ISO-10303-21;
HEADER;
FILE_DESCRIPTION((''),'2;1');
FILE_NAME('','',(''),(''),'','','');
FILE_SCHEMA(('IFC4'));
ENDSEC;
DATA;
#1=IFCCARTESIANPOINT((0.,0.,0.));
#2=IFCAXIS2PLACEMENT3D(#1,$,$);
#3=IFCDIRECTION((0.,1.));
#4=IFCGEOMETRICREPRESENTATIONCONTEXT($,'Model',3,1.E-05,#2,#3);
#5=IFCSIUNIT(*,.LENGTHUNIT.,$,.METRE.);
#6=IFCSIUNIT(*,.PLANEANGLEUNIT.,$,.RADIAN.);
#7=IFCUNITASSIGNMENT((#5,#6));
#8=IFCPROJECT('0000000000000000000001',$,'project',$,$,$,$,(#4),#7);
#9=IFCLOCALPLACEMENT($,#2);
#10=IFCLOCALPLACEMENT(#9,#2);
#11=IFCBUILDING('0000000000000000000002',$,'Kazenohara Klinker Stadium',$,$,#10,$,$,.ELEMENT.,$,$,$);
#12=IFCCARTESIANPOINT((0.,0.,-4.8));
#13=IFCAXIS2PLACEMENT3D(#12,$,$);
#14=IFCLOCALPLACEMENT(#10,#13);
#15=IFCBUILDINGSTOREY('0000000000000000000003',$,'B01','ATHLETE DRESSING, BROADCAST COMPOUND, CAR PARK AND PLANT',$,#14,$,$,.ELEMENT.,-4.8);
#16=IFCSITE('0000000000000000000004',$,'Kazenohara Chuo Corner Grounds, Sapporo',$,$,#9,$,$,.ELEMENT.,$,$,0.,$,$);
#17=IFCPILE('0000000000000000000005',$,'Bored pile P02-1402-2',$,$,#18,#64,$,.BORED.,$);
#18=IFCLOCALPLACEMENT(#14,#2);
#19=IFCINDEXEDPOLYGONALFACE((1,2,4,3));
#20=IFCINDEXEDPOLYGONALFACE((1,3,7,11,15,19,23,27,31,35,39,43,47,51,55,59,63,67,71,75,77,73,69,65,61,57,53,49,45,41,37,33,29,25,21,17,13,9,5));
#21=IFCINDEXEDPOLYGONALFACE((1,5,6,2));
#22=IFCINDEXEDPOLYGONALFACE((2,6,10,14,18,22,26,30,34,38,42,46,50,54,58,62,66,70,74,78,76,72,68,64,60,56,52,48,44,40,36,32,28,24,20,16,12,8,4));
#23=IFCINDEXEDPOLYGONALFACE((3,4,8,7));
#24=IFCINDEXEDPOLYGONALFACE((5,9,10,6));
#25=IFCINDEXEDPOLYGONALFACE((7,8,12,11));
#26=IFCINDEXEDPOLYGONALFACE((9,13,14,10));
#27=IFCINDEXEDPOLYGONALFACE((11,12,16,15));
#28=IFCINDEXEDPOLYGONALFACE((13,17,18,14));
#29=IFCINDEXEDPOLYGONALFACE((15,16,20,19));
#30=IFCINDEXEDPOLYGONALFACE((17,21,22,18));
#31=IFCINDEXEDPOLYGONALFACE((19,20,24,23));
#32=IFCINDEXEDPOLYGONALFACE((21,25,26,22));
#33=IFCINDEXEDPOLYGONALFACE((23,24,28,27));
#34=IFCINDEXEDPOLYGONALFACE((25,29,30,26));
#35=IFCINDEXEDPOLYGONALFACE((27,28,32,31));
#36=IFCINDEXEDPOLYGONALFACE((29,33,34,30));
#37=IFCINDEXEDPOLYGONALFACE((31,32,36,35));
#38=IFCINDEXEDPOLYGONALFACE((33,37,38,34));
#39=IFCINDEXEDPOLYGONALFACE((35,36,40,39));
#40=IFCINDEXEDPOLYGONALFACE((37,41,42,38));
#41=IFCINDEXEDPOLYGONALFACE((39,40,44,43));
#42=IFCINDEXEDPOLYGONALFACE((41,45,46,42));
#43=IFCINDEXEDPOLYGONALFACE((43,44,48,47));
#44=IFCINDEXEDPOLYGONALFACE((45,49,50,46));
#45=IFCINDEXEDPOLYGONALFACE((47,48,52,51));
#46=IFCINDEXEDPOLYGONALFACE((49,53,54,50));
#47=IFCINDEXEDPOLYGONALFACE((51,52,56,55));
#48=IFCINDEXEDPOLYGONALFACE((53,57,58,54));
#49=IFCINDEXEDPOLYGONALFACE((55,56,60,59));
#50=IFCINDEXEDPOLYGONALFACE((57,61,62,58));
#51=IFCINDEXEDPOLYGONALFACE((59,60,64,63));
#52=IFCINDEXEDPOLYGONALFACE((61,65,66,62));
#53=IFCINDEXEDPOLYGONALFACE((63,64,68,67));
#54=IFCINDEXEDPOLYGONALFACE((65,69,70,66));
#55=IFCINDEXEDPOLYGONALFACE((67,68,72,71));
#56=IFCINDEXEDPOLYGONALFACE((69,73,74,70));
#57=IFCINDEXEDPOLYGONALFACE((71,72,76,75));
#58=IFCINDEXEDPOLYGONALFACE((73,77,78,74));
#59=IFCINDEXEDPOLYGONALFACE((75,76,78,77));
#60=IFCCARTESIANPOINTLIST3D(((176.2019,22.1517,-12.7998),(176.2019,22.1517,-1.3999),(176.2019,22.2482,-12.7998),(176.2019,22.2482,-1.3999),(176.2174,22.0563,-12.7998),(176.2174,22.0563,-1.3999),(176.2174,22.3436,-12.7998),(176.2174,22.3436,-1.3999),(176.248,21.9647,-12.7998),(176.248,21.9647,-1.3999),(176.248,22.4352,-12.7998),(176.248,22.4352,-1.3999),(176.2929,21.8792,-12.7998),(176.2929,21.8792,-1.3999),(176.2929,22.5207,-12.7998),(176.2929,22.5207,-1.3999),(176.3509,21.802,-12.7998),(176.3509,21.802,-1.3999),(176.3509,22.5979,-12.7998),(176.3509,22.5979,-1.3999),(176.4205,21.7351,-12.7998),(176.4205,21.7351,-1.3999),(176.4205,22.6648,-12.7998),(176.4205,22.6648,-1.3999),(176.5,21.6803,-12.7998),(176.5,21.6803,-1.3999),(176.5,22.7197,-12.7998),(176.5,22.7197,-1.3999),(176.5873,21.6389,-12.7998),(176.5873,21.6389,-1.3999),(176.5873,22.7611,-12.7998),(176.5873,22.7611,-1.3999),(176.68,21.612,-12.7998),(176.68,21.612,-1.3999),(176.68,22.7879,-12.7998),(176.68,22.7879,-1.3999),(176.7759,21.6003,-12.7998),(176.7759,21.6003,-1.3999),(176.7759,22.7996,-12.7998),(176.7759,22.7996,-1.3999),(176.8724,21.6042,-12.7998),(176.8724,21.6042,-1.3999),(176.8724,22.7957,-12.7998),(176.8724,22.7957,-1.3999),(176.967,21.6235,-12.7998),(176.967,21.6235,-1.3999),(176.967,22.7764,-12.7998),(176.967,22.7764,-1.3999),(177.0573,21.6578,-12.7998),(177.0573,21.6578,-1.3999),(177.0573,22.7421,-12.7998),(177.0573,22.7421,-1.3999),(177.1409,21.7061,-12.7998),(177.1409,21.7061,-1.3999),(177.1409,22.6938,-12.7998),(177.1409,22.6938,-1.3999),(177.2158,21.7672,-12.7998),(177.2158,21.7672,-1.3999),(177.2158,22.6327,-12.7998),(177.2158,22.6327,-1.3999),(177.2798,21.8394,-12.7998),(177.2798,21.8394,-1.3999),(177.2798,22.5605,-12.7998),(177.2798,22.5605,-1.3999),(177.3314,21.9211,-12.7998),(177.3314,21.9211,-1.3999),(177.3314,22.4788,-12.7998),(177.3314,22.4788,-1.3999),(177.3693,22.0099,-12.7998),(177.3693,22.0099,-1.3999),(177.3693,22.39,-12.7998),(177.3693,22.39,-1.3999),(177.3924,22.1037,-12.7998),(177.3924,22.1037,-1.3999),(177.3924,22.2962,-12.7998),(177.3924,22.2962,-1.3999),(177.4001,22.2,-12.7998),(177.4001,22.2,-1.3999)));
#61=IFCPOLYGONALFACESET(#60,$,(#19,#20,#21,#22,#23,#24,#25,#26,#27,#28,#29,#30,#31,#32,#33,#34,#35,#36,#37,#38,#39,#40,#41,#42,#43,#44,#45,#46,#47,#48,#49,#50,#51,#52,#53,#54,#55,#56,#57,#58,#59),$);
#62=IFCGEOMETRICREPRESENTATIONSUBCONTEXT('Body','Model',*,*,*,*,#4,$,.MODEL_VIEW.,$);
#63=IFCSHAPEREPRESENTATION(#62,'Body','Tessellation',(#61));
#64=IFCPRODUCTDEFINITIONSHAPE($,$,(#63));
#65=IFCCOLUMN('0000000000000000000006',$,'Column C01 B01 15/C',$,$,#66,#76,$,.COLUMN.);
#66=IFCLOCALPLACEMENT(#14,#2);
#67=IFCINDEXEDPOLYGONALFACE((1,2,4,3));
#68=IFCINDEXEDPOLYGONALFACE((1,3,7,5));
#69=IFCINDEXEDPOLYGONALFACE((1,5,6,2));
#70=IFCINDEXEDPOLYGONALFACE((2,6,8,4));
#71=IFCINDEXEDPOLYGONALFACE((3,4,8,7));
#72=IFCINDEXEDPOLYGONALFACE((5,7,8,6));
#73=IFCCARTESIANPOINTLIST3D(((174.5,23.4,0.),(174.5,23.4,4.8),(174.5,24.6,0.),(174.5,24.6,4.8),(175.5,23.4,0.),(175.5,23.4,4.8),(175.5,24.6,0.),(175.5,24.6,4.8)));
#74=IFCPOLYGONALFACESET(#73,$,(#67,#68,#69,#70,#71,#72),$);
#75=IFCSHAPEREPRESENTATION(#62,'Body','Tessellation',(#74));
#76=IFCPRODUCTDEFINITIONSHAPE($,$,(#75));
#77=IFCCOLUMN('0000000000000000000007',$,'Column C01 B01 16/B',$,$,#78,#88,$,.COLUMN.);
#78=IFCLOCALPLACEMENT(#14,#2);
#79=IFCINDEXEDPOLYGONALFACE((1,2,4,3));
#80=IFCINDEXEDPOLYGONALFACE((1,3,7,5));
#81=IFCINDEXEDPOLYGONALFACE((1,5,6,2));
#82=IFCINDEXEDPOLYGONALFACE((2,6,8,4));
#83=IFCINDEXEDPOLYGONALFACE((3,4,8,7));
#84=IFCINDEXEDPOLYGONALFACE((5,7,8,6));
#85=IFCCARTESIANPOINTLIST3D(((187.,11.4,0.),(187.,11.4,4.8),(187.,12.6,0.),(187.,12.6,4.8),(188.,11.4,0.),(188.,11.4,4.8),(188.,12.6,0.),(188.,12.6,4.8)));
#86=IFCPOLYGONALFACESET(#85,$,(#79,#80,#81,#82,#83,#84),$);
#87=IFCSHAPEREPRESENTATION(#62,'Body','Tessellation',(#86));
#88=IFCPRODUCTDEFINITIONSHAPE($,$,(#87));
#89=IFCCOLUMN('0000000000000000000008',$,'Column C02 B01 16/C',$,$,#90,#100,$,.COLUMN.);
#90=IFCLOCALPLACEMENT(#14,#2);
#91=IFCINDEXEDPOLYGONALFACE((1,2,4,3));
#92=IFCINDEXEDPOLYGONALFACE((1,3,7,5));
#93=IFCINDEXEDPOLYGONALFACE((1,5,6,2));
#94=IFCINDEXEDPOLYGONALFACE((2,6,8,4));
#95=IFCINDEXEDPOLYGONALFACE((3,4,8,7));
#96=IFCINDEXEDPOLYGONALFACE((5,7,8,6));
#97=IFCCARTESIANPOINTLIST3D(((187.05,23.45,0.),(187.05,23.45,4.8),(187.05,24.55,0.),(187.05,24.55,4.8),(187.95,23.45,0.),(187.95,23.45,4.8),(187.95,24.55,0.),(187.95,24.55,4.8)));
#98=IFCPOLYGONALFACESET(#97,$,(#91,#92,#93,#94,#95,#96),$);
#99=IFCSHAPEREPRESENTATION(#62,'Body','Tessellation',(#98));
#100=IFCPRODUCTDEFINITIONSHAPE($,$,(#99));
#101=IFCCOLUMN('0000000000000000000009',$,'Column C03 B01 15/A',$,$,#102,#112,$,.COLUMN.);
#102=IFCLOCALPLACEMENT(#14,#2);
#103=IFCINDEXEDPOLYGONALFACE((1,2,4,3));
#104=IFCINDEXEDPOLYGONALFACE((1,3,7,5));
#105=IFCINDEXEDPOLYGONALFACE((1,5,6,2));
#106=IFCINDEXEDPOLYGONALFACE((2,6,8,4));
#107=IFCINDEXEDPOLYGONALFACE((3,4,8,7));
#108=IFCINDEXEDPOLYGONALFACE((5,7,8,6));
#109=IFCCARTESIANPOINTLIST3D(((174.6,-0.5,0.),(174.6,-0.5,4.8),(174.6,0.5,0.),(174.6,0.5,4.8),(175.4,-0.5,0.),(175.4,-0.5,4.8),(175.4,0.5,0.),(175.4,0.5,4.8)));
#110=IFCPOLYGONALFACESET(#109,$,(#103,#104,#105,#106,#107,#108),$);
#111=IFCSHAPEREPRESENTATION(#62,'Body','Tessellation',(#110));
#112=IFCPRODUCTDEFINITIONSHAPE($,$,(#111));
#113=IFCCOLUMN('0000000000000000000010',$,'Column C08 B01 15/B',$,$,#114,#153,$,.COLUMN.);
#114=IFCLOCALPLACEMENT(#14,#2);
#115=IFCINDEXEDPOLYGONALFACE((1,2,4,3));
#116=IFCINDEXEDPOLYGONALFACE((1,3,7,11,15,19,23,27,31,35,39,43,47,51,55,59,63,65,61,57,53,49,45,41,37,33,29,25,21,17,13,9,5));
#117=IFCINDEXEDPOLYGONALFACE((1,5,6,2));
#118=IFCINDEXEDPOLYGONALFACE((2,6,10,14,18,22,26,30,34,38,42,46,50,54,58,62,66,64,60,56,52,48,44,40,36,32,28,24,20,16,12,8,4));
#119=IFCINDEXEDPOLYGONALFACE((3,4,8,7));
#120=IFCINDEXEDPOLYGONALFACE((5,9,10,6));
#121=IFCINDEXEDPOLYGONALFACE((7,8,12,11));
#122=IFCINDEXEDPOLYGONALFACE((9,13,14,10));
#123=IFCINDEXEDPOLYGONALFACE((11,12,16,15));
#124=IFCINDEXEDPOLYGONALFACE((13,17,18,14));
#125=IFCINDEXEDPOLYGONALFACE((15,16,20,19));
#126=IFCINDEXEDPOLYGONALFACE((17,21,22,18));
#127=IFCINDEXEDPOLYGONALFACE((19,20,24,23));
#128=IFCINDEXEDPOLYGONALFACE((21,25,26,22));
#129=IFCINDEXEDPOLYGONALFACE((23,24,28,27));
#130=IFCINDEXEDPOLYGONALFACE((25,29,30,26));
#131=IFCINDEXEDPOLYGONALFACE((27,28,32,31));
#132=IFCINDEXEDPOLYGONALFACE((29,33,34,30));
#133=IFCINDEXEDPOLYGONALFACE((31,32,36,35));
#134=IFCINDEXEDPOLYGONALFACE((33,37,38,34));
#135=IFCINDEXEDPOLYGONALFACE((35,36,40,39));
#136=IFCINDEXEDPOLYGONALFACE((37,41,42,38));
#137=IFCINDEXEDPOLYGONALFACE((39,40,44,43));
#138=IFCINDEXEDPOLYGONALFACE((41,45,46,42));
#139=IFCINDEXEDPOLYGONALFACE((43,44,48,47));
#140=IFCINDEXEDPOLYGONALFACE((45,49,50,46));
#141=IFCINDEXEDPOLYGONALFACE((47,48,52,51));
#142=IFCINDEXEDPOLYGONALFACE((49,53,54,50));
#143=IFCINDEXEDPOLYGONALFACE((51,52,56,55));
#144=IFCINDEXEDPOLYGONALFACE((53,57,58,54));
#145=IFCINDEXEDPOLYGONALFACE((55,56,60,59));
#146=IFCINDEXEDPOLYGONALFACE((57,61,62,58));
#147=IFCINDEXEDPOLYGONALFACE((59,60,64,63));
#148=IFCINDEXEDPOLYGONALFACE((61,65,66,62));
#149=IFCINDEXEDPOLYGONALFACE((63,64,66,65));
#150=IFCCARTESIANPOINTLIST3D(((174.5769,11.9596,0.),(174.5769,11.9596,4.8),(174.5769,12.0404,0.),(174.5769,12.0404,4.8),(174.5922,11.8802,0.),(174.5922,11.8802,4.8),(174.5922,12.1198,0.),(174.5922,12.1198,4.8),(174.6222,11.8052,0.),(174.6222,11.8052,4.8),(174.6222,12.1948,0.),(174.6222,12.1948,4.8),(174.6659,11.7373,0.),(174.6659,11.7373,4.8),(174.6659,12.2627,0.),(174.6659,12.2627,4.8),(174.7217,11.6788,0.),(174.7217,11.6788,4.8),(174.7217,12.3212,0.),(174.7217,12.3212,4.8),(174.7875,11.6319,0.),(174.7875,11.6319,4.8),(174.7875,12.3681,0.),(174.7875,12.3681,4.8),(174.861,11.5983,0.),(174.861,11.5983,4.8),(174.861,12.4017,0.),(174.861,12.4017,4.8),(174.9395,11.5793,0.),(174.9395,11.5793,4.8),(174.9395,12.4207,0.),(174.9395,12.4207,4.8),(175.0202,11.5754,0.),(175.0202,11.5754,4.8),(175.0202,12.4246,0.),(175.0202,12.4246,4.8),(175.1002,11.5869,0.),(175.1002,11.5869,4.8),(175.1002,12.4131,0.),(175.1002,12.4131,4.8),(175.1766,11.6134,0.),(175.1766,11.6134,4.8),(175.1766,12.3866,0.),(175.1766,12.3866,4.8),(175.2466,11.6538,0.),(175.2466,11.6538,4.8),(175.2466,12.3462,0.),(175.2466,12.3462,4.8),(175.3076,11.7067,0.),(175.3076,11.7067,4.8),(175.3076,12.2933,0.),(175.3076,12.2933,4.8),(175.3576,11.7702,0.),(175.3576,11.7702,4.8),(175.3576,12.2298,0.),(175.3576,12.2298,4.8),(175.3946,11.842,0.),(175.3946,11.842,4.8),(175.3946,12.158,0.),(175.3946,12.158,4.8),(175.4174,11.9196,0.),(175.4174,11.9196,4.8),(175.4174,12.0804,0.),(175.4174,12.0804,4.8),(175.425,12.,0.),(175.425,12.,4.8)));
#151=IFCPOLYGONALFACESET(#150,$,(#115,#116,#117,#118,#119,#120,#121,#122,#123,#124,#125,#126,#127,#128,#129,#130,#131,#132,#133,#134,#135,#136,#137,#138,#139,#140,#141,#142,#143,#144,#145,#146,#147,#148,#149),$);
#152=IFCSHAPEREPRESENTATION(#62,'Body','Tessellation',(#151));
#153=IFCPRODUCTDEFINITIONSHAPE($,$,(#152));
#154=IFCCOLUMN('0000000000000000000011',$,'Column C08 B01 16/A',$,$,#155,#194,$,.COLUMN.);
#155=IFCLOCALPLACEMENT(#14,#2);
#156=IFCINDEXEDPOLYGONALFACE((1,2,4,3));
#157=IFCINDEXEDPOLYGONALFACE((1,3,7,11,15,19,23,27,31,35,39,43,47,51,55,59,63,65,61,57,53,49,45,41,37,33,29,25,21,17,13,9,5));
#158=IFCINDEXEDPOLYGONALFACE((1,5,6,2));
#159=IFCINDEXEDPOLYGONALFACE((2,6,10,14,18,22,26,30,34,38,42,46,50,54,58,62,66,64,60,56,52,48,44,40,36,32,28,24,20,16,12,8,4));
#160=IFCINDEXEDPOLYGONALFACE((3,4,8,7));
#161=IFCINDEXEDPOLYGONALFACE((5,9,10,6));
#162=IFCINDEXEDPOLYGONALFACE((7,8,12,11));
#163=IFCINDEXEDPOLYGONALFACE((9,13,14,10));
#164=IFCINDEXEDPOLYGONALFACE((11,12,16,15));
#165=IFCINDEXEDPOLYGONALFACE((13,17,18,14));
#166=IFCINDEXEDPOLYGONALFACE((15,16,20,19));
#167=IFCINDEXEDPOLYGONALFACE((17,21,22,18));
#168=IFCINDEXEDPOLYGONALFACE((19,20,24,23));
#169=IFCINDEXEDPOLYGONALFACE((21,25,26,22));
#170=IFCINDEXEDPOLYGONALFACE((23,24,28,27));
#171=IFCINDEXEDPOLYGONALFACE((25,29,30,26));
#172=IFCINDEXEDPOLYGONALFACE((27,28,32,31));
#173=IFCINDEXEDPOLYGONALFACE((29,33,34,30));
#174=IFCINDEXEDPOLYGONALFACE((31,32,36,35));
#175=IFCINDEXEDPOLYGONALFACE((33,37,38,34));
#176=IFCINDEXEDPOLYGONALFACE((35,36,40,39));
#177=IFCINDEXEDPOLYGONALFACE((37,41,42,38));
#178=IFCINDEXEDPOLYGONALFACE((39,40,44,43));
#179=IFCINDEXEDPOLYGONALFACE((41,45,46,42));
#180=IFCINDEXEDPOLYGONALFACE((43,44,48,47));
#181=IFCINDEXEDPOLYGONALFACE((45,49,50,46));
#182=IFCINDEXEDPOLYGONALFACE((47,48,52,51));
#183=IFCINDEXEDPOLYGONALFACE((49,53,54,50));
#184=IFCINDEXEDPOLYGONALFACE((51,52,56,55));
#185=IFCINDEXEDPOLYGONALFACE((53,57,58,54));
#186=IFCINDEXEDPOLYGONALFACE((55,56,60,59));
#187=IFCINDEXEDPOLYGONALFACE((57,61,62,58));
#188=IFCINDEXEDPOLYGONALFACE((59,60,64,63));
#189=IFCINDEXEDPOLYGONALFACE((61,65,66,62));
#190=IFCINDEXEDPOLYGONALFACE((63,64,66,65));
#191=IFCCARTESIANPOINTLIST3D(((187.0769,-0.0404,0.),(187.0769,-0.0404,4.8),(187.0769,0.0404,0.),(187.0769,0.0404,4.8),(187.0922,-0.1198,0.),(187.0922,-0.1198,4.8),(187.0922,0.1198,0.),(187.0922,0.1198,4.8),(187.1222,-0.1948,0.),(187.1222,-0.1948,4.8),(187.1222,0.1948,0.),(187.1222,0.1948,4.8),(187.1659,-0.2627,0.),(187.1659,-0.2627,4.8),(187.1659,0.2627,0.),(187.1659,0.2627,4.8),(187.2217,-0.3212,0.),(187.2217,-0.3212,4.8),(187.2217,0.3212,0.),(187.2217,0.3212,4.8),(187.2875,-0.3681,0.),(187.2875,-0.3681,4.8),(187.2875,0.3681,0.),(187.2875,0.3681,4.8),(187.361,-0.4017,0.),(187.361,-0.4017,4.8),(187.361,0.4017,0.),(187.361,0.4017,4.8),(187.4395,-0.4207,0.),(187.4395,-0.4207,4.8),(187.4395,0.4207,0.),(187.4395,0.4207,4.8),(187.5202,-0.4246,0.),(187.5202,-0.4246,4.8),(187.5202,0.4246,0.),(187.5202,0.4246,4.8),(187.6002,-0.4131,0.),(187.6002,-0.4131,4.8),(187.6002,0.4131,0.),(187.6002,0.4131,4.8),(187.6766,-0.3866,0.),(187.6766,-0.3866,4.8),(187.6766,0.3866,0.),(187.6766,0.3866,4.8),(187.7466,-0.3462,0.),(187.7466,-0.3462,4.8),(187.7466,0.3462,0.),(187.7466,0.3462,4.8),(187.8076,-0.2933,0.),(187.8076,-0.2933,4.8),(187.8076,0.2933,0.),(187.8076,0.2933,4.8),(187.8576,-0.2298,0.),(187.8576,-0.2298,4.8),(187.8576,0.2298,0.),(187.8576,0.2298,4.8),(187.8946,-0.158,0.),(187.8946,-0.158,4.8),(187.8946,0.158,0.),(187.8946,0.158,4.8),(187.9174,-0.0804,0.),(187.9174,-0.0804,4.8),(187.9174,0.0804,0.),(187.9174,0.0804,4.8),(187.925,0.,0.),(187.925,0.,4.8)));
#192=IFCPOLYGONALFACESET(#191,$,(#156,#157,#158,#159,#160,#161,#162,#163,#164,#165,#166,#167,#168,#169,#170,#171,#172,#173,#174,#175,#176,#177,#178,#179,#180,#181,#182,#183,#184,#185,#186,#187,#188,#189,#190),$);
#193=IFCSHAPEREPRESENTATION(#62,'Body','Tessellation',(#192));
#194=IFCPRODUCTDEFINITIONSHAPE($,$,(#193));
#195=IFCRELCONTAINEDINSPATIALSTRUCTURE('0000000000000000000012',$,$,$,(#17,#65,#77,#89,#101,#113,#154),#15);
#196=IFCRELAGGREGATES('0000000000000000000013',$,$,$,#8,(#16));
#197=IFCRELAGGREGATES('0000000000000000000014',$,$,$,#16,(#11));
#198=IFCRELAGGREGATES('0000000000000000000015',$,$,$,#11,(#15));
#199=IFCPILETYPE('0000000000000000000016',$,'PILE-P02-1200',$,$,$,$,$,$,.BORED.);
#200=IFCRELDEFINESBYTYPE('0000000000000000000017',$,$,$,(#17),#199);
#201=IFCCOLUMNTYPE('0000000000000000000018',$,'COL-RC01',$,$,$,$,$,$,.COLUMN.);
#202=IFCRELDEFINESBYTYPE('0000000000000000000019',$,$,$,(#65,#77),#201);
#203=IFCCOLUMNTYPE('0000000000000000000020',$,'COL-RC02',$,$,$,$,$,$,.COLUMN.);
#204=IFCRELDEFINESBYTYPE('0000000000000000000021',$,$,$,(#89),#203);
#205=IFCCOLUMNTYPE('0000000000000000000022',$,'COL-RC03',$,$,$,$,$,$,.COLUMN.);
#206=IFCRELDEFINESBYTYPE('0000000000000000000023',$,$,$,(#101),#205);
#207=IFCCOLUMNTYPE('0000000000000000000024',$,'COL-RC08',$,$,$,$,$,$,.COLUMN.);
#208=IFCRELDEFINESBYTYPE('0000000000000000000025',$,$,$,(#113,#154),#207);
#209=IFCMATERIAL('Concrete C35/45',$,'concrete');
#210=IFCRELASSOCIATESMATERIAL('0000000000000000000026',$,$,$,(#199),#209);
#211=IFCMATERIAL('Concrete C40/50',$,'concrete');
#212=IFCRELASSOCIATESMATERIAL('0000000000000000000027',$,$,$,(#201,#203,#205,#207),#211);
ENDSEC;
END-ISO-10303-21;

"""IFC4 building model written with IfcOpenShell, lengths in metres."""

from ifc_helpers import new_model, si_unit, direction, frame, origin, origin_2d, place, context, subcontext, project, spatial, rectangle, circle, extrude, material, material_profile, profile_set, type_object, element, save


model = new_model("IFC4")

# Units and contexts
model_context = context("Model", 3, precision=1e-05, world=origin(), true_north=direction((0.0, 1.0)))
body_context = subcontext(model_context, "Body", "Model", "MODEL_VIEW")
ifc_project = project(units=[si_unit("LENGTHUNIT", "METRE"), si_unit("PLANEANGLEUNIT", "RADIAN")], contexts=[model_context])

# Site, building, storey
site_placement = place(None, origin())
site = spatial("IfcSite", under=ifc_project, at=site_placement, Name="Kazenohara Chuo Corner Grounds, Sapporo", CompositionType="ELEMENT", RefElevation=0.0)
building_placement = place(site_placement, origin())
building = spatial("IfcBuilding", under=site, at=building_placement, Name="Kazenohara Klinker Stadium", CompositionType="ELEMENT")
storey_placement = place(building_placement, frame((0.0, 0.0, -4.8)))
storey = spatial("IfcBuildingStorey", under=building, at=storey_placement, Name="B01", Description="ATHLETE DRESSING, BROADCAST COMPOUND, CAR PARK AND PLANT", CompositionType="ELEMENT", Elevation=-4.8)

# Shared definitions
ifc_material_1 = material(Name="Concrete C35/45", Category="concrete")

# Pile
ifc_material_profile_1 = material_profile(ifc_material_1, circle(Radius=0.6001, at=origin_2d()), Name="BORED-PILE-1200")
ifc_profile_set_1 = profile_set([ifc_material_profile_1], Name="Concrete C35/45")
pile_type_1 = type_object("IfcPileType", Name="PILE-P02-1200", PredefinedType="BORED", material=ifc_profile_set_1)
for number, where, z_axis, x_axis, name in (
    (1, (176.8, 22.2, -1.3999), (0.0, 0.0, -1.0), (1.0, 0.0, 0.0), "Bored pile P02-1402-2"),
):
    element("IfcPile", number, at=place(storey_placement, frame(where, z_axis=z_axis, x_axis=x_axis)), inside=storey, type_object=pile_type_1, Name=name, PredefinedType="BORED", context=body_context, shape_type="SweptSolid", body=[
        extrude(circle(Radius=0.6001, at=origin_2d()), origin(), (0.0, 0.0, 1.0), 11.3999),
    ])

# Columns
ifc_material_2 = material(Name="Concrete C40/50", Category="concrete")
ifc_material_profile_2 = material_profile(ifc_material_2, rectangle(XDim=1.0, YDim=1.2, at=origin_2d()), Name="RC-COL-1200x1000")
ifc_profile_set_2 = profile_set([ifc_material_profile_2], Name="Concrete C40/50")
column_type_1 = type_object("IfcColumnType", Name="COL-RC01", PredefinedType="COLUMN", material=ifc_profile_set_2)
for number, where, z_axis, x_axis, name in (
    (2, (175.0, 24.0, 0.0), (0.0, 0.0, 1.0), (1.0, 0.0, 0.0), "Column C01 B01 15/C"),
    (3, (187.5, 12.0, 0.0), (0.0, 0.0, 1.0), (1.0, 0.0, 0.0), "Column C01 B01 16/B"),
):
    element("IfcColumn", number, at=place(storey_placement, frame(where, z_axis=z_axis, x_axis=x_axis)), inside=storey, type_object=column_type_1, Name=name, PredefinedType="COLUMN", context=body_context, shape_type="SweptSolid", body=[
        extrude(rectangle(XDim=1.0, YDim=1.2, at=origin_2d()), origin(), (0.0, 0.0, 1.0), 4.8),
    ])
ifc_material_profile_3 = material_profile(ifc_material_2, rectangle(XDim=0.8999, YDim=1.1001, at=origin_2d()), Name="RC-COL-1100x900")
ifc_profile_set_3 = profile_set([ifc_material_profile_3], Name="Concrete C40/50")
column_type_2 = type_object("IfcColumnType", Name="COL-RC02", PredefinedType="COLUMN", material=ifc_profile_set_3)
column_1_placement = place(storey_placement, frame((187.5, 24.0, 0.0), z_axis=(0.0, 0.0, 1.0), x_axis=(1.0, 0.0, 0.0)))
element("IfcColumn", 4, at=column_1_placement, inside=storey, type_object=column_type_2, Name="Column C02 B01 16/C", PredefinedType="COLUMN", context=body_context, shape_type="SweptSolid", body=[
    extrude(rectangle(XDim=0.8999, YDim=1.1001, at=origin_2d()), origin(), (0.0, 0.0, 1.0), 4.8),
])
ifc_material_profile_4 = material_profile(ifc_material_2, rectangle(XDim=0.8, YDim=1.0, at=origin_2d()), Name="RC-COL-1000x800")
ifc_profile_set_4 = profile_set([ifc_material_profile_4], Name="Concrete C40/50")
column_type_3 = type_object("IfcColumnType", Name="COL-RC03", PredefinedType="COLUMN", material=ifc_profile_set_4)
column_2_placement = place(storey_placement, frame((175.0, 0.0, 0.0), z_axis=(0.0, 0.0, 1.0), x_axis=(1.0, 0.0, 0.0)))
element("IfcColumn", 5, at=column_2_placement, inside=storey, type_object=column_type_3, Name="Column C03 B01 15/A", PredefinedType="COLUMN", context=body_context, shape_type="SweptSolid", body=[
    extrude(rectangle(XDim=0.8, YDim=1.0, at=origin_2d()), origin(), (0.0, 0.0, 1.0), 4.8),
])
ifc_material_profile_5 = material_profile(ifc_material_2, circle(Radius=0.425, at=origin_2d()), Name="RC-COL-D850")
ifc_profile_set_5 = profile_set([ifc_material_profile_5], Name="Concrete C40/50")
column_type_4 = type_object("IfcColumnType", Name="COL-RC08", PredefinedType="COLUMN", material=ifc_profile_set_5)
for number, where, z_axis, x_axis, name in (
    (6, (175.0, 12.0, 0.0), (0.0, 0.0, 1.0), (1.0, 0.0, 0.0), "Column C08 B01 15/B"),
    (7, (187.5, 0.0, 0.0), (0.0, 0.0, 1.0), (1.0, 0.0, 0.0), "Column C08 B01 16/A"),
):
    element("IfcColumn", number, at=place(storey_placement, frame(where, z_axis=z_axis, x_axis=x_axis)), inside=storey, type_object=column_type_4, Name=name, PredefinedType="COLUMN", context=body_context, shape_type="SweptSolid", body=[
        extrude(circle(Radius=0.425, at=origin_2d()), origin(), (0.0, 0.0, 1.0), 4.8),
    ])

save(model, "model.ifc")
